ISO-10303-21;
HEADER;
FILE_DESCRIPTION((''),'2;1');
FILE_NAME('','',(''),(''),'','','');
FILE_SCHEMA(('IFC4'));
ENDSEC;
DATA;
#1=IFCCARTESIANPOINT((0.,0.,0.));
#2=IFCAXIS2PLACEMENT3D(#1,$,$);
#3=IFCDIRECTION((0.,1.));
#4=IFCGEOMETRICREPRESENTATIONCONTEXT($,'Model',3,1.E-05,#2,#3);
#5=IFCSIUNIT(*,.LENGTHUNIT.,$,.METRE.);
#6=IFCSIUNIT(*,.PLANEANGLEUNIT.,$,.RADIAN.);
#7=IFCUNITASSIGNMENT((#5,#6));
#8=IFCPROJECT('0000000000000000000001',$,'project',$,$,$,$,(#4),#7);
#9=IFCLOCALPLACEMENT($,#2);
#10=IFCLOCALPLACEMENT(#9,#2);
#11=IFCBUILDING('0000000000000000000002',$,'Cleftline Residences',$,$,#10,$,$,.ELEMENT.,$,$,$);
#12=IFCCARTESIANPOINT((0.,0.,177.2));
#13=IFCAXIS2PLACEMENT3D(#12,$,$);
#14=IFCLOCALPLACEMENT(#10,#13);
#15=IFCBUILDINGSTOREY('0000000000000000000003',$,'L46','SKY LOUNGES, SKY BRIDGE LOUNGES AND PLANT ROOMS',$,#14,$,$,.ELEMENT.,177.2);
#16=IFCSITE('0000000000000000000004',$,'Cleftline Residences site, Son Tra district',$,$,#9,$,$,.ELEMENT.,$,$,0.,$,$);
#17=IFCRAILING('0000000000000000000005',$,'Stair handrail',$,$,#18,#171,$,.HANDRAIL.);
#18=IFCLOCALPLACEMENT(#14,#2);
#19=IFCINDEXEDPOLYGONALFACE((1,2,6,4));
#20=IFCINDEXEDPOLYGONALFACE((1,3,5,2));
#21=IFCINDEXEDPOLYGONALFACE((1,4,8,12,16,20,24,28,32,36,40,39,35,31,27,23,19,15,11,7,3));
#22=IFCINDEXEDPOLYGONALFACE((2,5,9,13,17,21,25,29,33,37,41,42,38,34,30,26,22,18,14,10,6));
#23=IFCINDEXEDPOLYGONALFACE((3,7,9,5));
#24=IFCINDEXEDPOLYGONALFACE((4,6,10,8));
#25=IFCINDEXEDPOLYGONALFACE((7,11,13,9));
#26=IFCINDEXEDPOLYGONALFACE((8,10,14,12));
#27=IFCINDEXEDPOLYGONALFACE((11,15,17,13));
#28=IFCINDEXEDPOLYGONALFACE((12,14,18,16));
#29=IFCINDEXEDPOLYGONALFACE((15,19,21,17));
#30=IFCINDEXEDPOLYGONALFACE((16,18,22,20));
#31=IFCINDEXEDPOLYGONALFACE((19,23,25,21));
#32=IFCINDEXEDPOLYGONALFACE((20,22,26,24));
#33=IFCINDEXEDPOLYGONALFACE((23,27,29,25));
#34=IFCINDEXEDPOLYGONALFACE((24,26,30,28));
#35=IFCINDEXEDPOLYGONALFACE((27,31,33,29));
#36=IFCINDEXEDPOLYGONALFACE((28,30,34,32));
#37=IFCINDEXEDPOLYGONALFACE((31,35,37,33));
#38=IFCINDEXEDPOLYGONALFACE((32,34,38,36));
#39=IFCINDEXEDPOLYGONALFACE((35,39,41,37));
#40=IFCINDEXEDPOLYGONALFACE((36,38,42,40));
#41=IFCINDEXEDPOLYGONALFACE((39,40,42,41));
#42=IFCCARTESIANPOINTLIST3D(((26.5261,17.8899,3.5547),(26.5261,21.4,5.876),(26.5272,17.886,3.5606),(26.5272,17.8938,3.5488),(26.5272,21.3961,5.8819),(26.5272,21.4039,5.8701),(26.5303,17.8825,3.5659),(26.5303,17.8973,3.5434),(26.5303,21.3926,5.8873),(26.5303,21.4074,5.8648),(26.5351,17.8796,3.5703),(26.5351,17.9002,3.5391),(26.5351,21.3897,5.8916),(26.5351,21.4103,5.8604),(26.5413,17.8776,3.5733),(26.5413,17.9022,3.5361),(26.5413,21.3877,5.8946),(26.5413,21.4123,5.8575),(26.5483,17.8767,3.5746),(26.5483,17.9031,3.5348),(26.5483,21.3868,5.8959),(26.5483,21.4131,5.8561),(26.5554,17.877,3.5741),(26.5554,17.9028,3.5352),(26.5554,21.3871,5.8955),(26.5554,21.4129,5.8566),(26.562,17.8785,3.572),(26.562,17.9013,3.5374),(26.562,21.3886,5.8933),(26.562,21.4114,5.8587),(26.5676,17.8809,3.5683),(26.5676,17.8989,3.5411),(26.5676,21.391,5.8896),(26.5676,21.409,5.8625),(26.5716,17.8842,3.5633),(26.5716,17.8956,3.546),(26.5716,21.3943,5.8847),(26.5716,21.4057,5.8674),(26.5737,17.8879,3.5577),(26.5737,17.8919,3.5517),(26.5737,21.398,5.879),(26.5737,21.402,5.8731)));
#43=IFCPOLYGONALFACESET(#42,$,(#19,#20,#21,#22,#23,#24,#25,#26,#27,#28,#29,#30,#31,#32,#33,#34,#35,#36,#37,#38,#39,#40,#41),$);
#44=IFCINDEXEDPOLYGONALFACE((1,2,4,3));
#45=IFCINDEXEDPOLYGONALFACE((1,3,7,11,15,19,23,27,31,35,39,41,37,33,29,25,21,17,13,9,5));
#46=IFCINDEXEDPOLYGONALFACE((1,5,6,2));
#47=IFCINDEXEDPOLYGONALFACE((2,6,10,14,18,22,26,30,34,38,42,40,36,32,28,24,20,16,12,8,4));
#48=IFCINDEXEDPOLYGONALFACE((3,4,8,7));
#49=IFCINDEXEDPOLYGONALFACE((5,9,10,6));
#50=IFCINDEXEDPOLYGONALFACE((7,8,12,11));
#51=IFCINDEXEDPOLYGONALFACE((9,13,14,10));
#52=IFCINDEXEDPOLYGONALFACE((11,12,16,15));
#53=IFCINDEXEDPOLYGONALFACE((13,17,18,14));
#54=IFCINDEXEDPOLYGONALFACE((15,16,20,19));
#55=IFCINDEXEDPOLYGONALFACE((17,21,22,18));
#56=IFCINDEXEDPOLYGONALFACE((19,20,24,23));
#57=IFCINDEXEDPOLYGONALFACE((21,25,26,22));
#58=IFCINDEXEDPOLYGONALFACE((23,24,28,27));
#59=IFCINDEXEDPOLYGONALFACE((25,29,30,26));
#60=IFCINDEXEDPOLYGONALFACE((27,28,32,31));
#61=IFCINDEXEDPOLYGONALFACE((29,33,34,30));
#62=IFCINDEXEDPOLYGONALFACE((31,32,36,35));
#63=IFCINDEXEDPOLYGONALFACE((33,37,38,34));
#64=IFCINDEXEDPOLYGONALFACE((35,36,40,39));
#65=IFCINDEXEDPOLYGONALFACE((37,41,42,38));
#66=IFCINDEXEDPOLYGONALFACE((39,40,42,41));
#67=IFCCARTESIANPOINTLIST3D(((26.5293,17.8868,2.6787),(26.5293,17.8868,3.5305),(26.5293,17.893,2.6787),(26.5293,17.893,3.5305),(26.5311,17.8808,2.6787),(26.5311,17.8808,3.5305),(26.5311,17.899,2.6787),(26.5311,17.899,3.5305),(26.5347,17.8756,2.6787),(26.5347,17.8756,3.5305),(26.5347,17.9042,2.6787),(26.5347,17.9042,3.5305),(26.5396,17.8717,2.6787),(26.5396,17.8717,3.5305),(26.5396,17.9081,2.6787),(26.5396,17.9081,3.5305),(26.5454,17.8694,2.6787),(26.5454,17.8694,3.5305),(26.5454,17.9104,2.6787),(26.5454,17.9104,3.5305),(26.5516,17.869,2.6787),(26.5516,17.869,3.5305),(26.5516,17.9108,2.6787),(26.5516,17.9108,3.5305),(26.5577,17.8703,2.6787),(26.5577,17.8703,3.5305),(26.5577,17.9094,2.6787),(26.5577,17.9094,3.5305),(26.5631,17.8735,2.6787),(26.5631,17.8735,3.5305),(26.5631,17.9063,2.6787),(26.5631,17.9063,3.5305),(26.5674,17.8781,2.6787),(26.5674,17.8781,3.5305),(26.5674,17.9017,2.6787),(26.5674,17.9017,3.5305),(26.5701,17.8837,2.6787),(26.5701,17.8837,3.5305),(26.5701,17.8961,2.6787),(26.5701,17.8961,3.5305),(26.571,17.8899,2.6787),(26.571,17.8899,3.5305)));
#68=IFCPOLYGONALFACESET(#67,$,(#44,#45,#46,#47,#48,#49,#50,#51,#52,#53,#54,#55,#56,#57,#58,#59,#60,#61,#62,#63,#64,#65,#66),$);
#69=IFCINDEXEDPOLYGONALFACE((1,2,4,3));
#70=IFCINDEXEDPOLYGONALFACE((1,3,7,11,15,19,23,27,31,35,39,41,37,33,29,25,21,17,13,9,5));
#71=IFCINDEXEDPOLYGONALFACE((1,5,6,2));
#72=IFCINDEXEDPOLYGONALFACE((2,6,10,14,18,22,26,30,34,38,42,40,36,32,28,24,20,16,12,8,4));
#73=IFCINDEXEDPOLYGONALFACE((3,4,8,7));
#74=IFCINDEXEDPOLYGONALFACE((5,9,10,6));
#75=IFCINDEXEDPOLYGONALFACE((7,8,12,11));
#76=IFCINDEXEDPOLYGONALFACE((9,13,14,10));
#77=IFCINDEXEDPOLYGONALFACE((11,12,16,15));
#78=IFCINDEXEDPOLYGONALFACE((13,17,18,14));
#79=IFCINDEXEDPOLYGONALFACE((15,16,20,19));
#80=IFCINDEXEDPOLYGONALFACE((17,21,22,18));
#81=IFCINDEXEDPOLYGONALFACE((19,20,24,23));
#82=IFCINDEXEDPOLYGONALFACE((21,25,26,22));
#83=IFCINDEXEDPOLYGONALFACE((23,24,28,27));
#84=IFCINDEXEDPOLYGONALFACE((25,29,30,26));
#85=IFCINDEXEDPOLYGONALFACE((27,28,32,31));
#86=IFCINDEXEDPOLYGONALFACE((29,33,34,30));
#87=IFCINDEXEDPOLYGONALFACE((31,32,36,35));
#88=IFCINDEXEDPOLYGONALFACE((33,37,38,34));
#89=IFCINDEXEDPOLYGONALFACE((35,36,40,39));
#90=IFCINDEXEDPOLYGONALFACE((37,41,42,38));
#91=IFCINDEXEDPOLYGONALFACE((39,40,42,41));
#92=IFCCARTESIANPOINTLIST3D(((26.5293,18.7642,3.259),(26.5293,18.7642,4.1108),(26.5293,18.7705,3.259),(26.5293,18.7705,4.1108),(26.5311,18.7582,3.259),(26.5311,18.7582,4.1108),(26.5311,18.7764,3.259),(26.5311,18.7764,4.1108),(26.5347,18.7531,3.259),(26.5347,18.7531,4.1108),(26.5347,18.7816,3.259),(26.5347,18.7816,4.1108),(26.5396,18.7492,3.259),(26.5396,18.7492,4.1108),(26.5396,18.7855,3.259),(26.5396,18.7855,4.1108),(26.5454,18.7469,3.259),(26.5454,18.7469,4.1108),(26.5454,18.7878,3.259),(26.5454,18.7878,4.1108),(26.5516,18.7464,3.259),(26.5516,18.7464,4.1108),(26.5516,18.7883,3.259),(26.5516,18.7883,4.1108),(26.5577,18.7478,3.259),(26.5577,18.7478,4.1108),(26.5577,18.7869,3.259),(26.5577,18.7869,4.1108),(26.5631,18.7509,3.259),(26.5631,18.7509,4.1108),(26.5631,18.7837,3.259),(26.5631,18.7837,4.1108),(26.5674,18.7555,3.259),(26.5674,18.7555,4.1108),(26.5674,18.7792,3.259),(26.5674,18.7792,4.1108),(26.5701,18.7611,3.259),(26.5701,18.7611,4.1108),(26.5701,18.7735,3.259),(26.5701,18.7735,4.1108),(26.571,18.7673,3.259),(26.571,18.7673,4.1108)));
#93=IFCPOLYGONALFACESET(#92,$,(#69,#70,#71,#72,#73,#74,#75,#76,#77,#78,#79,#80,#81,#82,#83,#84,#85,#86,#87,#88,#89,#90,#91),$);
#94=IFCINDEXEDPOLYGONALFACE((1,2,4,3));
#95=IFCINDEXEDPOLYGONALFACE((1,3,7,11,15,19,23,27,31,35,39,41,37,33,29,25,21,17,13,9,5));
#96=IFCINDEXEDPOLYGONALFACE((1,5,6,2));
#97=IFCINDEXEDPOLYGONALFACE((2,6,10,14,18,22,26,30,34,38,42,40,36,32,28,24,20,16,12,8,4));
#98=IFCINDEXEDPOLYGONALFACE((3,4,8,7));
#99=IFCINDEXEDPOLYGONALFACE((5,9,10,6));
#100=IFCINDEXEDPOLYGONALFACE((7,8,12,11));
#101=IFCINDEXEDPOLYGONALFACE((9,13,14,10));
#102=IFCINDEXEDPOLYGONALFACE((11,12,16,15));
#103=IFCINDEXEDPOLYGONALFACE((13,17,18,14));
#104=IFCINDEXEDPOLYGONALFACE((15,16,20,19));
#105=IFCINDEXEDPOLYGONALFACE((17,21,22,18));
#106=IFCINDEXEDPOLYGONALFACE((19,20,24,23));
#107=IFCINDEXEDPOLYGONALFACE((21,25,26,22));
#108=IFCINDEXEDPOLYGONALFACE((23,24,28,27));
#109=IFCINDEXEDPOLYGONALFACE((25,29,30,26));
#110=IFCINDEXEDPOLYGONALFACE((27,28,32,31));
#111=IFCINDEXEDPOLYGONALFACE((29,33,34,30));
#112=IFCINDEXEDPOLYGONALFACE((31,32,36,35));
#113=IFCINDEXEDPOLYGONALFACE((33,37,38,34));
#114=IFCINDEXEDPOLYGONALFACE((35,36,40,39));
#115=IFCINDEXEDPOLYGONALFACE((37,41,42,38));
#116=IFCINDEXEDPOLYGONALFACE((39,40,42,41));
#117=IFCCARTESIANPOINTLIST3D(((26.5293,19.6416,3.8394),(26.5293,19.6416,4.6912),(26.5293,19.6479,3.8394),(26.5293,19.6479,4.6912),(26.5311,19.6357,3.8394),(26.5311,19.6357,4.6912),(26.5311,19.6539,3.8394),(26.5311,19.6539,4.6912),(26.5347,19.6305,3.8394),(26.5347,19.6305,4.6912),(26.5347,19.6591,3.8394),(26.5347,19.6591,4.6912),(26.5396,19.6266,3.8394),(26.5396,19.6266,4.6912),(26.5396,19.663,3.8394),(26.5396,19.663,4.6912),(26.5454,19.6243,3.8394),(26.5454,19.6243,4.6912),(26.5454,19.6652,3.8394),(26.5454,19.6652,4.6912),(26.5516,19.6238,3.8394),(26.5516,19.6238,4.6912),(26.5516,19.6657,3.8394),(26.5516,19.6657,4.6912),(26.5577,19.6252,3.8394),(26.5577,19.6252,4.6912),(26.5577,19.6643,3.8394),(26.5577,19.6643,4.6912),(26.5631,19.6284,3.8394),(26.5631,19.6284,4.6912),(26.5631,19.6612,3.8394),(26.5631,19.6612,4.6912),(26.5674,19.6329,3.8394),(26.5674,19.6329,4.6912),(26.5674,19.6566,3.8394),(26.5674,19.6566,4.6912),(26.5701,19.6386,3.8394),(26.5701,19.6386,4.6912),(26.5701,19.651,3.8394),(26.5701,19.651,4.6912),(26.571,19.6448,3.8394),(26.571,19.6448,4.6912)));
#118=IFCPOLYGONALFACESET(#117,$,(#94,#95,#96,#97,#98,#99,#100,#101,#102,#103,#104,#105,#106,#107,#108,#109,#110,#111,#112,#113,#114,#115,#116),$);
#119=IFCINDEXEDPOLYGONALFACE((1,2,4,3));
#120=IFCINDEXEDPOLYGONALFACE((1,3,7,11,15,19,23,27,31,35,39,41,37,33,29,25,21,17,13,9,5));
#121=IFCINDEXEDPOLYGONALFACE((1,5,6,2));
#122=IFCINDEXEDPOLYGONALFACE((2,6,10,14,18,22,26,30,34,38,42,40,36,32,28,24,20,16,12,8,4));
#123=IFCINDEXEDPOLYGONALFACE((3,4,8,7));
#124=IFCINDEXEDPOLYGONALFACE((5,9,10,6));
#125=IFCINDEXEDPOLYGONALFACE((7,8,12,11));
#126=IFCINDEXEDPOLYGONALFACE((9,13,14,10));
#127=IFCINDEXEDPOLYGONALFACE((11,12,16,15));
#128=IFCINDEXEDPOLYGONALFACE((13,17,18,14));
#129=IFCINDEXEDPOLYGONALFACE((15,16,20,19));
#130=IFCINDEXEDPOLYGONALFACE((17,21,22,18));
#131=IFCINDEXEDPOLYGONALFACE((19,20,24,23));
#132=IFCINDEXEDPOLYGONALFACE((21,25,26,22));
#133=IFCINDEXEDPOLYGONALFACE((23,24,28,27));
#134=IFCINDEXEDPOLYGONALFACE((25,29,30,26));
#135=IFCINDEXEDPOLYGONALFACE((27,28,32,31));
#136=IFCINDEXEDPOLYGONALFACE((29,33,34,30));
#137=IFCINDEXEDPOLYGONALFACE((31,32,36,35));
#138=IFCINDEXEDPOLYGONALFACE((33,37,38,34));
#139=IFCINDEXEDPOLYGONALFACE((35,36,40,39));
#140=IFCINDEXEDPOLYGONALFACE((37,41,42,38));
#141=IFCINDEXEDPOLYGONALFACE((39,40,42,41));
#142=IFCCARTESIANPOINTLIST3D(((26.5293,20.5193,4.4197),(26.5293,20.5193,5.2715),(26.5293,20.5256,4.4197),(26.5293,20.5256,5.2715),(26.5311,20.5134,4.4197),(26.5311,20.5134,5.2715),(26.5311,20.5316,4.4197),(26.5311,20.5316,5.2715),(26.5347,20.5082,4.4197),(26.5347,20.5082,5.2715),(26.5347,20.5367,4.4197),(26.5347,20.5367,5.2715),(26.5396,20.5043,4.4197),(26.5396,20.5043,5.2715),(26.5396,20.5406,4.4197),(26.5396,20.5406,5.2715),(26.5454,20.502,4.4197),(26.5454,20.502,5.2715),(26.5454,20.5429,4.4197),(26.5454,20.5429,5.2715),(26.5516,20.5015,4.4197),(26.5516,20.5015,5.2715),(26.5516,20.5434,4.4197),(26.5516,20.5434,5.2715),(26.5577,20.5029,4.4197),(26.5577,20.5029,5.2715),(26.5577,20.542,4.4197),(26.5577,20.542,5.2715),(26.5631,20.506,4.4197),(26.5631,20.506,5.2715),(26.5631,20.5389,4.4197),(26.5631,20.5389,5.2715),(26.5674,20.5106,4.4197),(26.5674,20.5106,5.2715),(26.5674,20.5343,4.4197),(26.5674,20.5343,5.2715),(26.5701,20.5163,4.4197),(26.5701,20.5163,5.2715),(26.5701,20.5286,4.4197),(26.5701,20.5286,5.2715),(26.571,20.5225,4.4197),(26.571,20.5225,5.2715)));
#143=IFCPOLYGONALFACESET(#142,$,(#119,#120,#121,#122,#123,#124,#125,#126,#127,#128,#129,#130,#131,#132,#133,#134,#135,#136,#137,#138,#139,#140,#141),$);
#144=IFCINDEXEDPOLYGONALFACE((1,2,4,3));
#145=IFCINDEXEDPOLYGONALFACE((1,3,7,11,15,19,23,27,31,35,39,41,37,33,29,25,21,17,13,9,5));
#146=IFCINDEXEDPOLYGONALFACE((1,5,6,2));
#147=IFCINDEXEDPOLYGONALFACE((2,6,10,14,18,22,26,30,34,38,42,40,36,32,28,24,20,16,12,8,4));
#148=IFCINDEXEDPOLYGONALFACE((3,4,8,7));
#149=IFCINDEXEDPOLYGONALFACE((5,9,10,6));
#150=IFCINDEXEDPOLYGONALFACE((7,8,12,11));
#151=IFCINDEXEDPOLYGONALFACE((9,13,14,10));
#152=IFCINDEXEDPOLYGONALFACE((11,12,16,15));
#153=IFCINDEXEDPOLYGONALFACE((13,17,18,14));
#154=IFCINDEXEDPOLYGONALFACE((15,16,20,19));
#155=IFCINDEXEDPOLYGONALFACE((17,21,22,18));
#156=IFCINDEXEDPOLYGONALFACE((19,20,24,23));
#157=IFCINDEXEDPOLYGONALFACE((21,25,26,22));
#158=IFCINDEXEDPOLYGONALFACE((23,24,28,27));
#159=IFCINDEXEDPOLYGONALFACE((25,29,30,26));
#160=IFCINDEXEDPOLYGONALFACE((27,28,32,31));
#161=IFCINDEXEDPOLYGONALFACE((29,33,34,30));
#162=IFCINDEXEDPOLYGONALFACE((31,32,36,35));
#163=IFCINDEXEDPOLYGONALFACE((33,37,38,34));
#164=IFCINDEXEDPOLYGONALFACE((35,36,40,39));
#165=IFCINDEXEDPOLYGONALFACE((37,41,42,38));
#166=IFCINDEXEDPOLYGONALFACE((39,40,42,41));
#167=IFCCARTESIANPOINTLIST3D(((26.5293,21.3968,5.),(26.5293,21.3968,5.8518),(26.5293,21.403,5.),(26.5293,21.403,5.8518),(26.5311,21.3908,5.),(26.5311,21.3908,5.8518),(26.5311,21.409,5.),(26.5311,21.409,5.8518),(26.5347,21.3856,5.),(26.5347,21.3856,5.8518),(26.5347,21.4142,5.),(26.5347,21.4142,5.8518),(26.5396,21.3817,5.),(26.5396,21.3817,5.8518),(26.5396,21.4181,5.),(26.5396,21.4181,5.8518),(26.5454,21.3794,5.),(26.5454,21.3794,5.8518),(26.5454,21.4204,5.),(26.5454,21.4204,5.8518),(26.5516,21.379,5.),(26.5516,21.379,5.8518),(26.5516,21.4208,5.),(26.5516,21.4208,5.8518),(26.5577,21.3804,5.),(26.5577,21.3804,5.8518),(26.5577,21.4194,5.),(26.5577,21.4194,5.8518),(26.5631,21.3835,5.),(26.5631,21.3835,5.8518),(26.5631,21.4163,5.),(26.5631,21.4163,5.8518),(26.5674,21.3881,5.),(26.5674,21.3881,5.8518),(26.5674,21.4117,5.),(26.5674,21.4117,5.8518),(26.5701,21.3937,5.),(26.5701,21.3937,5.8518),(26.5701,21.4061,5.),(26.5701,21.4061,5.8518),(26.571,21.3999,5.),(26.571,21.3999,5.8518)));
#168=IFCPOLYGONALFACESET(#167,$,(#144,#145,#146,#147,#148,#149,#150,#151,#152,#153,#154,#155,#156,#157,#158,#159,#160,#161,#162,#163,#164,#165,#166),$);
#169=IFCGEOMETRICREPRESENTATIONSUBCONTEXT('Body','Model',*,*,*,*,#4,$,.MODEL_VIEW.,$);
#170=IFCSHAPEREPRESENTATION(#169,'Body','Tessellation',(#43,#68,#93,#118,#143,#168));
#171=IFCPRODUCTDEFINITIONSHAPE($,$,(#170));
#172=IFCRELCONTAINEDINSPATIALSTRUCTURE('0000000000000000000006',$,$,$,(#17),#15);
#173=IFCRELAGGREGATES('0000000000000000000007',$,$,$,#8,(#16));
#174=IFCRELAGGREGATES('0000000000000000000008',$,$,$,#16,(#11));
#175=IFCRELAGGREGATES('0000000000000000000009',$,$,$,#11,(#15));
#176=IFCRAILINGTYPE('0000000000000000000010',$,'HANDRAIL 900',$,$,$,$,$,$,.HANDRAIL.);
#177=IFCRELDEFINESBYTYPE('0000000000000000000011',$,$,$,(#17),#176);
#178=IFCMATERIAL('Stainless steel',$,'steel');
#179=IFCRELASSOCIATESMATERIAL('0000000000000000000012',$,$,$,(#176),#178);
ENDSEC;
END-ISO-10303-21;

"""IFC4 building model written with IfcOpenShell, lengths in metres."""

from ifc_helpers import new_model, si_unit, direction, frame, origin, origin_2d, place, context, subcontext, project, spatial, circle, extrude, material, type_object, element, save


model = new_model("IFC4")

# Units and contexts
model_context = context("Model", 3, precision=1e-05, world=origin(), true_north=direction((0.0, 1.0)))
body_context = subcontext(model_context, "Body", "Model", "MODEL_VIEW")
ifc_project = project(units=[si_unit("LENGTHUNIT", "METRE"), si_unit("PLANEANGLEUNIT", "RADIAN")], contexts=[model_context])

# Site, building, storey
site_placement = place(None, origin())
site = spatial("IfcSite", under=ifc_project, at=site_placement, Name="Cleftline Residences site, Son Tra district", CompositionType="ELEMENT", RefElevation=0.0)
building_placement = place(site_placement, origin())
building = spatial("IfcBuilding", under=site, at=building_placement, Name="Cleftline Residences", CompositionType="ELEMENT")
storey_placement = place(building_placement, frame((0.0, 0.0, 177.2)))
storey = spatial("IfcBuildingStorey", under=building, at=storey_placement, Name="L46", Description="SKY LOUNGES, SKY BRIDGE LOUNGES AND PLANT ROOMS", CompositionType="ELEMENT", Elevation=177.2)

# Railing
ifc_material_1 = material(Name="Stainless steel", Category="steel")
railing_type = type_object("IfcRailingType", Name="HANDRAIL 900", PredefinedType="HANDRAIL", material=ifc_material_1)
railing_1_placement = place(storey_placement, frame((26.55, 17.8899, 2.6787)))
element("IfcRailing", 1, at=railing_1_placement, inside=storey, type_object=railing_type, Name="Stair handrail", PredefinedType="HANDRAIL", context=body_context, shape_type="SweptSolid", body=[
    extrude(circle(Radius=0.0239, at=origin_2d()), frame((0.0, 0.0, 0.876), z_axis=(0.0, 0.834097, 0.551617), x_axis=(-1.0, 0.0, 0.0)), (0.0, 0.0, 1.0), 4.2083),
    extrude(circle(Radius=0.021, at=origin_2d()), origin(), (0.0, 0.0, 1.0), 0.8518),
    extrude(circle(Radius=0.021, at=origin_2d()), frame((0.0, 0.8774, 0.5803)), (0.0, 0.0, 1.0), 0.8518),
    extrude(circle(Radius=0.021, at=origin_2d()), frame((0.0, 1.7549, 1.1606)), (0.0, 0.0, 1.0), 0.8518),
    extrude(circle(Radius=0.021, at=origin_2d()), frame((0.0, 2.6326, 1.741)), (0.0, 0.0, 1.0), 0.8518),
    extrude(circle(Radius=0.021, at=origin_2d()), frame((0.0, 3.51, 2.3213)), (0.0, 0.0, 1.0), 0.8518),
])

save(model, "model.ifc")
